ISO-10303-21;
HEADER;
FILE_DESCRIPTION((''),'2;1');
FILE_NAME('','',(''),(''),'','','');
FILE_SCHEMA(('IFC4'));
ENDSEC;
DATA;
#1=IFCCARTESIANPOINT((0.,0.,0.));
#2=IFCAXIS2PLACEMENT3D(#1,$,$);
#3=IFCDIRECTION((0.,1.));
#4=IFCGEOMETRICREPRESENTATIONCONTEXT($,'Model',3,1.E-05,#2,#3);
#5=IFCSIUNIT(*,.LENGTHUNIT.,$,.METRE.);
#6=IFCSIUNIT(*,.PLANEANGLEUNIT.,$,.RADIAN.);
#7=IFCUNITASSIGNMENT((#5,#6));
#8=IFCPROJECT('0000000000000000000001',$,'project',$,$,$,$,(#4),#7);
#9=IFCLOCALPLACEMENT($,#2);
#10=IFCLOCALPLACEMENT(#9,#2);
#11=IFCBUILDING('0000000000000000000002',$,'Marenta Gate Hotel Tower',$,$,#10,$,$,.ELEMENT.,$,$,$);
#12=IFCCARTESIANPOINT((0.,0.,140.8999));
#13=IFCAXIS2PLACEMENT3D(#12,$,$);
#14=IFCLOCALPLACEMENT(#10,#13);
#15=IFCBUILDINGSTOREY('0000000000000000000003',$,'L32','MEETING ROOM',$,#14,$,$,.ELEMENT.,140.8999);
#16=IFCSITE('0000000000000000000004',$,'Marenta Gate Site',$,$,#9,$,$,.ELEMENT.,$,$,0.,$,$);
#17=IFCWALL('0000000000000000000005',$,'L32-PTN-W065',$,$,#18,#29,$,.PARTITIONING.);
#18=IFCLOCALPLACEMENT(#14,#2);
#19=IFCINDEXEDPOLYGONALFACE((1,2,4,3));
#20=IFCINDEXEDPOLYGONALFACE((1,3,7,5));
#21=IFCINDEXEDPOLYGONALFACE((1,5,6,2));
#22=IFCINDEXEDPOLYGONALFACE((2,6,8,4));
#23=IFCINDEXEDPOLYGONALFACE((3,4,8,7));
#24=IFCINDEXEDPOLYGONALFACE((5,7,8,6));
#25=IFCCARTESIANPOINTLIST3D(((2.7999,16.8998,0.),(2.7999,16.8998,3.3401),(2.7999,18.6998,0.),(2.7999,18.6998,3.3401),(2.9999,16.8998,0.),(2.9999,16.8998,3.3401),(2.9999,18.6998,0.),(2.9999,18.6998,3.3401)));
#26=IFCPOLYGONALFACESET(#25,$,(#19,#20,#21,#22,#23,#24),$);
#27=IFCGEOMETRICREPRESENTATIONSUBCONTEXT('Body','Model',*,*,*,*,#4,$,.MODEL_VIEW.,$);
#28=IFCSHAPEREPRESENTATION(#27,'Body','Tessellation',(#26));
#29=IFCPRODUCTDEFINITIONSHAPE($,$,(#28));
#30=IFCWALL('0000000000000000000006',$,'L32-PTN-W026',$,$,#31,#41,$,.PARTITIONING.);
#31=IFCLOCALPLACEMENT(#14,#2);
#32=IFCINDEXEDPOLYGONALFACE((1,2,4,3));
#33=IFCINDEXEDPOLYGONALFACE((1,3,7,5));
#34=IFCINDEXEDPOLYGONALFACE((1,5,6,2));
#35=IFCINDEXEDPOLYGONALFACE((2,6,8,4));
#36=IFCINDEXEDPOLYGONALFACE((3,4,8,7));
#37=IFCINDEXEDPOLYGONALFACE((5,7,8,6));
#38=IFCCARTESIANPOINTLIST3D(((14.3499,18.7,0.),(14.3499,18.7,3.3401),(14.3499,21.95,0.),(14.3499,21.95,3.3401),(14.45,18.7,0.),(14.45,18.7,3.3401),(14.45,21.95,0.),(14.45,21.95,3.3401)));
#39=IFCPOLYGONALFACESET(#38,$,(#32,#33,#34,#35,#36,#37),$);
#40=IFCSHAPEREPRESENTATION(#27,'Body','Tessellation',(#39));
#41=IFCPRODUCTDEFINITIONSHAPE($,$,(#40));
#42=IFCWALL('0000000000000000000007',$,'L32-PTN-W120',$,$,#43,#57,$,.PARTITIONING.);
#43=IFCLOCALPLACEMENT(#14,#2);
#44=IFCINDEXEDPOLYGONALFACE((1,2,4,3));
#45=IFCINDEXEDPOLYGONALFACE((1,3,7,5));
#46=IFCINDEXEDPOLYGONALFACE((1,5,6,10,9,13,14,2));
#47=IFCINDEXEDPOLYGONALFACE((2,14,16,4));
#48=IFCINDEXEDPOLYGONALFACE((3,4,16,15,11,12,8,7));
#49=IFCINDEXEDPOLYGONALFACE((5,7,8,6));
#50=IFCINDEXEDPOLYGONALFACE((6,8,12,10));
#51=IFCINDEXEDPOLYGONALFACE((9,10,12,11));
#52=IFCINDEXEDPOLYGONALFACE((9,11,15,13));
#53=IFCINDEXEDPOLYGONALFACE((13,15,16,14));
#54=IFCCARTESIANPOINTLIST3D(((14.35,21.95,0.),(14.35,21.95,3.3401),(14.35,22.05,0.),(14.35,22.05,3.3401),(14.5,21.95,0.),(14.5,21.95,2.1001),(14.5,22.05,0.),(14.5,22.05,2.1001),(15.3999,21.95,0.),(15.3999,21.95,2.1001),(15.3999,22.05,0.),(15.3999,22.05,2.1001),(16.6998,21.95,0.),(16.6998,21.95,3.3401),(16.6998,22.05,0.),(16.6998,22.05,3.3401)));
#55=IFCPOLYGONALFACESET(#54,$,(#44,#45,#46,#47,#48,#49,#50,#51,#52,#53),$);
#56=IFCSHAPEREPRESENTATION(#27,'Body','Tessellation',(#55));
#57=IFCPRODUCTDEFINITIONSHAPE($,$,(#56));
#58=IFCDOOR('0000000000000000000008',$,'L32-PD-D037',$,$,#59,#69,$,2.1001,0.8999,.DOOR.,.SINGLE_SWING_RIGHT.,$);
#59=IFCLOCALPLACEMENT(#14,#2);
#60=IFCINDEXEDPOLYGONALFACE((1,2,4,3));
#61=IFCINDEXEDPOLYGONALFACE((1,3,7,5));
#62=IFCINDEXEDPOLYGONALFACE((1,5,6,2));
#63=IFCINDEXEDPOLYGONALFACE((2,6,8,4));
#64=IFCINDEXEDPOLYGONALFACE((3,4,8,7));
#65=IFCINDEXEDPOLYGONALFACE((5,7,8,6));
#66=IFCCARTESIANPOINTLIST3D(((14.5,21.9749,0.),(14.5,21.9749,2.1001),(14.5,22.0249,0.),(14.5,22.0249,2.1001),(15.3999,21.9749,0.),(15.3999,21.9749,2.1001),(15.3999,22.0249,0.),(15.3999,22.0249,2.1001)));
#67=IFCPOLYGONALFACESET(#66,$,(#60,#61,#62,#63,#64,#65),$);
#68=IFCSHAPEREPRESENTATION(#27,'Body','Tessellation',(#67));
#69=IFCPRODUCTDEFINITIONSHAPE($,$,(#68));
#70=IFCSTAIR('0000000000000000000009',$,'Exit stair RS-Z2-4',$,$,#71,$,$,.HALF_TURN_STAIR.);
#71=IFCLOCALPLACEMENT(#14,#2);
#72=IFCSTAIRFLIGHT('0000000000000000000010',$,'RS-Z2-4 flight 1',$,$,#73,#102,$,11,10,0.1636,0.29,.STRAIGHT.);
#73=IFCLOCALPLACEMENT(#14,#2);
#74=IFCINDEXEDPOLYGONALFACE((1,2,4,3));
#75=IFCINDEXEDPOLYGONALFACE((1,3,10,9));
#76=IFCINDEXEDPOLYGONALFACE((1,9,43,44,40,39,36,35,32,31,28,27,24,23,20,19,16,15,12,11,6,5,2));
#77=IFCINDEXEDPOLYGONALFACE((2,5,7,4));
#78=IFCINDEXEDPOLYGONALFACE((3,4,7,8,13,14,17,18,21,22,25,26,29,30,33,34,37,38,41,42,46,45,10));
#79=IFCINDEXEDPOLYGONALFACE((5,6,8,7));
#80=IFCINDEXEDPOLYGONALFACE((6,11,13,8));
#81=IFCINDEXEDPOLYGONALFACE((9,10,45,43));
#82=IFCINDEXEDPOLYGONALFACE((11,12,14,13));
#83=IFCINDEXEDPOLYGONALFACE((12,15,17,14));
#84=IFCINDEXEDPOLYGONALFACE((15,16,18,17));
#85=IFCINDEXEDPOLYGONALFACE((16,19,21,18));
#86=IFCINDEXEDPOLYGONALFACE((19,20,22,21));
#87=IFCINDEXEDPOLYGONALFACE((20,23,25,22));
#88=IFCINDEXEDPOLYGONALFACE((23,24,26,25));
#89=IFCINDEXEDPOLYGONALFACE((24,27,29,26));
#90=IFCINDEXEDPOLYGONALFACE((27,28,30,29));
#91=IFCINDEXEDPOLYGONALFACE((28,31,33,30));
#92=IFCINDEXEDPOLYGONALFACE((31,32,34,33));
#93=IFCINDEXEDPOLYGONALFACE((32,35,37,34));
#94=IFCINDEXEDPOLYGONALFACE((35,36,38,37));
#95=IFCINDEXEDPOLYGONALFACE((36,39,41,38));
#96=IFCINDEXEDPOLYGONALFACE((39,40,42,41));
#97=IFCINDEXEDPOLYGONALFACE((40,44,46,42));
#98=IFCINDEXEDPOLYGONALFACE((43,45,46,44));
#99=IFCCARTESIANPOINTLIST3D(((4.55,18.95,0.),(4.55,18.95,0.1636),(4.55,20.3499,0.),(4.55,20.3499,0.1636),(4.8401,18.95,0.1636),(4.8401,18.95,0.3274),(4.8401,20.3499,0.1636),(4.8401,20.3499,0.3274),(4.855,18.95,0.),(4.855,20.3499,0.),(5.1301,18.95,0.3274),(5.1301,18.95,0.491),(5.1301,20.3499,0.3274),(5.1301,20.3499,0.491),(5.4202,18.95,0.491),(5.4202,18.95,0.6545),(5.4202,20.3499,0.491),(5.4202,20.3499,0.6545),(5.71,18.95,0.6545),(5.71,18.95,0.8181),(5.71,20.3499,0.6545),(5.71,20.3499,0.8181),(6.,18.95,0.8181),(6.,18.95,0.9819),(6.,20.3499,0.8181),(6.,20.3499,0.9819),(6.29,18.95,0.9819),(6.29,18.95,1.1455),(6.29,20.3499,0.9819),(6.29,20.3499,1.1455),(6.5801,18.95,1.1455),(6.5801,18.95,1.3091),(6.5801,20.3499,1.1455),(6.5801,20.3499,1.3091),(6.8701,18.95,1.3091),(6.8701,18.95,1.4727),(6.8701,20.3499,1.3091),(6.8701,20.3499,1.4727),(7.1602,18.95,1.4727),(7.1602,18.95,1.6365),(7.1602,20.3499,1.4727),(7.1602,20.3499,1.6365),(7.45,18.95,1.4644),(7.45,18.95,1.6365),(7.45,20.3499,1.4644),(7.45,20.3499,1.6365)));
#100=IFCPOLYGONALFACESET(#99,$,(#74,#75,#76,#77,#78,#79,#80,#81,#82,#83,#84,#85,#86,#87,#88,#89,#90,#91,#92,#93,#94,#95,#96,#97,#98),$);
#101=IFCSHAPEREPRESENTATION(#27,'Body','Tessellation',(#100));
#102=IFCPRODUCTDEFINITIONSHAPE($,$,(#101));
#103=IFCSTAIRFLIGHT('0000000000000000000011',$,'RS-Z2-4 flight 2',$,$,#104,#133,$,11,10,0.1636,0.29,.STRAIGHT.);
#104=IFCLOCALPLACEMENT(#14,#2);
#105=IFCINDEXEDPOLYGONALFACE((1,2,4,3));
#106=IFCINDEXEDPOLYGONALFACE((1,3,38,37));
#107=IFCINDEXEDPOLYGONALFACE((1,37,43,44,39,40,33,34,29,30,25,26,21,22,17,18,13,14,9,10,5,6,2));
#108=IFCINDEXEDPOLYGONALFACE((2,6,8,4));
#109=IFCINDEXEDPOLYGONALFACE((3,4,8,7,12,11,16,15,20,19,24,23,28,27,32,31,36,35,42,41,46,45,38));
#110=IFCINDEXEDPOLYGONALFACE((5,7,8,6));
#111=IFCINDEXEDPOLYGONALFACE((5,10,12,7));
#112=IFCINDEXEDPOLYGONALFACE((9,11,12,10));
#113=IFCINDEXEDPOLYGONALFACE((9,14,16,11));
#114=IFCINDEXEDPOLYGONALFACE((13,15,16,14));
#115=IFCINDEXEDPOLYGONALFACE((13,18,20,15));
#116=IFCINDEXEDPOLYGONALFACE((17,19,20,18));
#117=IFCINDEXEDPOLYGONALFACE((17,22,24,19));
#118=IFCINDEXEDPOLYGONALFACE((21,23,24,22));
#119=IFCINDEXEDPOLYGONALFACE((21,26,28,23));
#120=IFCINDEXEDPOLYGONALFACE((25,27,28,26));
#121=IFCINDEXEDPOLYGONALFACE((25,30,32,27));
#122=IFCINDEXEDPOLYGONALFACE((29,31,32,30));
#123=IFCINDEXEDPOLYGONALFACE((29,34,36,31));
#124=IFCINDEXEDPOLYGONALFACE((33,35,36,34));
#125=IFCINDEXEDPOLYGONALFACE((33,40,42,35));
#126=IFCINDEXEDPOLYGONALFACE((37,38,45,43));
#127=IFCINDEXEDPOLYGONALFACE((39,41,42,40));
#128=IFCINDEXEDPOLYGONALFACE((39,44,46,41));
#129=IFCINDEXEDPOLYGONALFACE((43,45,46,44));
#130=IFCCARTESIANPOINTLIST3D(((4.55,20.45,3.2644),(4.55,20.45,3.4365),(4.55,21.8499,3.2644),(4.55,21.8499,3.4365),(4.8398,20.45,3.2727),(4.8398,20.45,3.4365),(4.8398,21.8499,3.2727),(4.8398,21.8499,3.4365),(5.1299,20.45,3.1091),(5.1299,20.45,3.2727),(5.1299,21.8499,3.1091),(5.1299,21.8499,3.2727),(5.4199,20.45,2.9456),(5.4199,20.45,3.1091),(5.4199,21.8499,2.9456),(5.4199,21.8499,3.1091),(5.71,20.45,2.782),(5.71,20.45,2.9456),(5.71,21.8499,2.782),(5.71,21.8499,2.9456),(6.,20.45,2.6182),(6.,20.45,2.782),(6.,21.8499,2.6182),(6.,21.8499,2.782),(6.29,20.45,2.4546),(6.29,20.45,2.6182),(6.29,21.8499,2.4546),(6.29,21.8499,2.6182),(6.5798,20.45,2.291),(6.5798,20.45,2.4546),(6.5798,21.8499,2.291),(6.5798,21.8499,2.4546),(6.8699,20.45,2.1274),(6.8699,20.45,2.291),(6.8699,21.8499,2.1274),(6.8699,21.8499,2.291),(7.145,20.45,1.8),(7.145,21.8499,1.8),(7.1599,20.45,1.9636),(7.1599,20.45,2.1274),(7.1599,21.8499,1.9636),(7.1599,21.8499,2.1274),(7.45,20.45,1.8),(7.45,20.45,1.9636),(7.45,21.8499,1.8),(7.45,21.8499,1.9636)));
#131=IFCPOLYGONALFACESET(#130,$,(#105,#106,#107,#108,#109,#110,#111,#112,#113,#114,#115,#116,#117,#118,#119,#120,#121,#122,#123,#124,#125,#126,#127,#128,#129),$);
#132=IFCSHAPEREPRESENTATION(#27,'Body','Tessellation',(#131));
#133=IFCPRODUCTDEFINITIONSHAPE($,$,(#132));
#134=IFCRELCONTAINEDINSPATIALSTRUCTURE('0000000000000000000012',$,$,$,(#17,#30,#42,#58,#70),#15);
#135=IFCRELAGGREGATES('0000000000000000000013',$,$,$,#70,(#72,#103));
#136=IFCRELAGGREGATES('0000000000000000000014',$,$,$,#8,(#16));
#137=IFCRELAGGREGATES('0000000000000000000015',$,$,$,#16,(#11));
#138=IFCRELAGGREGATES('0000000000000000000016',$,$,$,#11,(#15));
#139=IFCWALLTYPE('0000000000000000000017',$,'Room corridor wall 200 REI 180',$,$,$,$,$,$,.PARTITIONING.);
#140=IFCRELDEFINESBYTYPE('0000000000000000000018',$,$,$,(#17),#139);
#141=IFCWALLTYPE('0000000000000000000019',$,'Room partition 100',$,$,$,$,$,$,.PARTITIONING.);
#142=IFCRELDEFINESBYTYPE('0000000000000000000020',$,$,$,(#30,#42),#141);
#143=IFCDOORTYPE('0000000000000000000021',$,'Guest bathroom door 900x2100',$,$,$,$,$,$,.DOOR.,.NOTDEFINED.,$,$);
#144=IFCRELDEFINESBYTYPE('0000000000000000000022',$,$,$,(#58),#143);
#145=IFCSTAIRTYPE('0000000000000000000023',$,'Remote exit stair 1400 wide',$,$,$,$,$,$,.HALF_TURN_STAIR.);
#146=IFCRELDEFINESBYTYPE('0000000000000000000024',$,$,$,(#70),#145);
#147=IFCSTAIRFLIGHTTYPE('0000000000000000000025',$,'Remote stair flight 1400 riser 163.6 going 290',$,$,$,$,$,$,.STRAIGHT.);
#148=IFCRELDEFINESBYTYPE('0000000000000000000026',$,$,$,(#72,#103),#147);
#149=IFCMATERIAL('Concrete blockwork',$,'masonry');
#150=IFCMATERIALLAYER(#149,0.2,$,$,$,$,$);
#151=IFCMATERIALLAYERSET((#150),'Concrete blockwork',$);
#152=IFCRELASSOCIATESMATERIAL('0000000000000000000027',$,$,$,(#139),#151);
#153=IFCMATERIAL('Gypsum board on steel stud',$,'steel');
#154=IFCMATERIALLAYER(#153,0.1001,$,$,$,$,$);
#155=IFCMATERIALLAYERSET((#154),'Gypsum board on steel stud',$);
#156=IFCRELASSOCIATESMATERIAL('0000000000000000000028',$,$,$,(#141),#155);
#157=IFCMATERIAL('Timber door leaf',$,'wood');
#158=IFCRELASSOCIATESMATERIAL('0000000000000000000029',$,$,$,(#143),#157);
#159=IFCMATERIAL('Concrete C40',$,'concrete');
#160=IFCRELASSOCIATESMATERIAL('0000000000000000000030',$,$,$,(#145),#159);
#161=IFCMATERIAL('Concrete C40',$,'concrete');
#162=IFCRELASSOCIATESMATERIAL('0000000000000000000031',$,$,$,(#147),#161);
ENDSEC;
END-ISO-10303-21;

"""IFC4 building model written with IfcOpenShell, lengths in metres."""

from ifc_helpers import new_model, si_unit, direction, frame, frame_2d, origin, place, context, subcontext, project, spatial, polyline, rectangle, outline, extrude, material, layer, layer_set, type_object, element, fill, aggregate, save


model = new_model("IFC4")

# Units and contexts
model_context = context("Model", 3, precision=1e-05, world=origin(), true_north=direction((0.0, 1.0)))
body_context = subcontext(model_context, "Body", "Model", "MODEL_VIEW")
ifc_project = project(units=[si_unit("LENGTHUNIT", "METRE"), si_unit("PLANEANGLEUNIT", "RADIAN")], contexts=[model_context])

# Site, building, storey
site_placement = place(None, origin())
site = spatial("IfcSite", under=ifc_project, at=site_placement, Name="Marenta Gate Site", CompositionType="ELEMENT", RefElevation=0.0)
building_placement = place(site_placement, origin())
building = spatial("IfcBuilding", under=site, at=building_placement, Name="Marenta Gate Hotel Tower", CompositionType="ELEMENT")
storey_placement = place(building_placement, frame((0.0, 0.0, 140.8999)))
storey = spatial("IfcBuildingStorey", under=building, at=storey_placement, Name="L32", Description="MEETING ROOM", CompositionType="ELEMENT", Elevation=140.8999)

# Shared definitions
ifc_material_1 = material(Name="Concrete blockwork", Category="masonry")
ifc_layer_1 = layer(ifc_material_1, 0.2)
ifc_layer_set_1 = layer_set([ifc_layer_1], Name="Concrete blockwork")
wall_type_1 = type_object("IfcWallType", Name="Room corridor wall 200 REI 180", PredefinedType="PARTITIONING", material=ifc_layer_set_1)

# Walls
wall_1_placement = place(storey_placement, frame((2.8999, 16.8999, 0.0), z_axis=(0.0, 0.0, 1.0), x_axis=(0.0, 1.0, 0.0)))
element("IfcWall", 1, at=wall_1_placement, inside=storey, type_object=wall_type_1, Name="L32-PTN-W065", PredefinedType="PARTITIONING", context=body_context, shape_type="SweptSolid", body=[
    extrude(rectangle(XDim=1.8, YDim=0.2, at=frame_2d((0.8999, 0.0))), origin(), (0.0, 0.0, 1.0), 3.3401),
])
ifc_material_2 = material(Name="Gypsum board on steel stud", Category="steel")
ifc_layer_2 = layer(ifc_material_2, 0.1001)
ifc_layer_set_2 = layer_set([ifc_layer_2], Name="Gypsum board on steel stud")
wall_type_2 = type_object("IfcWallType", Name="Room partition 100", PredefinedType="PARTITIONING", material=ifc_layer_set_2)
wall_2_placement = place(storey_placement, frame((14.3999, 18.7, 0.0), z_axis=(0.0, 0.0, 1.0), x_axis=(0.0, 1.0, 0.0)))
element("IfcWall", 2, at=wall_2_placement, inside=storey, type_object=wall_type_2, Name="L32-PTN-W026", PredefinedType="PARTITIONING", context=body_context, shape_type="SweptSolid", body=[
    extrude(rectangle(XDim=3.25, YDim=0.1001, at=frame_2d((1.625, 0.0))), origin(), (0.0, 0.0, 1.0), 3.3401),
])

# Wall, opening, door
wall_3_placement = place(storey_placement, frame((14.3501, 22.0, 0.0), z_axis=(0.0, 0.0, 1.0), x_axis=(1.0, 0.0, 0.0)))
wall_3 = element("IfcWall", 3, at=wall_3_placement, inside=storey, type_object=wall_type_2, Name="L32-PTN-W120", PredefinedType="PARTITIONING", context=body_context, shape_type="SweptSolid", body=[
    extrude(rectangle(XDim=2.3499, YDim=0.1001, at=frame_2d((1.1748, 0.0))), origin(), (0.0, 0.0, 1.0), 3.3401),
])
opening_1_placement = place(wall_3_placement, frame((0.1499, 0.0, 0.0)))
opening_1 = element("IfcOpeningElement", 4, at=opening_1_placement, cuts=wall_3, PredefinedType="OPENING", context=body_context, shape_type="SweptSolid", body=[
    extrude(rectangle(XDim=0.8999, YDim=2.1001, at=frame_2d((0.45, 1.05))), frame((0.0, 0.05, 0.0), z_axis=(0.0, -1.0, 0.0), x_axis=(1.0, 0.0, 0.0)), (0.0, 0.0, 1.0), 0.1001),
])
ifc_material_3 = material(Name="Timber door leaf", Category="wood")
door_type_1 = type_object("IfcDoorType", Name="Guest bathroom door 900x2100", OperationType="NOTDEFINED", PredefinedType="DOOR", material=ifc_material_3)
door_1_placement = place(opening_1_placement, origin())
door_1 = element("IfcDoor", 5, at=door_1_placement, inside=storey, type_object=door_type_1, Name="L32-PD-D037", OperationType="SINGLE_SWING_RIGHT", OverallHeight=2.1001, OverallWidth=0.8999, PredefinedType="DOOR", context=body_context, shape_type="SweptSolid", body=[
    extrude(rectangle(XDim=0.8999, YDim=2.1001, at=frame_2d((0.45, 1.05))), frame((0.0, 0.0249, 0.0), z_axis=(0.0, -1.0, 0.0), x_axis=(1.0, 0.0, 0.0)), (0.0, 0.0, 1.0), 0.05),
])
fill(opening_1, door_1)

# Stair, stair flights
ifc_material_4 = material(Name="Concrete C40", Category="concrete")
stair_type = type_object("IfcStairType", Name="Remote exit stair 1400 wide", PredefinedType="HALF_TURN_STAIR", material=ifc_material_4)
stair_placement = place(storey_placement, origin())
stair = element("IfcStair", 6, at=stair_placement, inside=storey, type_object=stair_type, Name="Exit stair RS-Z2-4", PredefinedType="HALF_TURN_STAIR")
ifc_material_5 = material(Name="Concrete C40", Category="concrete")
stair_flight_type = type_object("IfcStairFlightType", Name="Remote stair flight 1400 riser 163.6 going 290", PredefinedType="STRAIGHT", material=ifc_material_5)
stair_flight_1_placement = place(storey_placement, frame((4.55, 19.6499, 0.0), z_axis=(0.0, 0.0, 1.0), x_axis=(1.0, 0.0, 0.0)))
stair_flight_1 = element("IfcStairFlight", 7, at=stair_flight_1_placement, type_object=stair_flight_type, Name="RS-Z2-4 flight 1", NumberOfRisers=11, NumberOfTreads=10, PredefinedType="STRAIGHT", RiserHeight=0.1636, TreadLength=0.29, context=body_context, shape_type="SweptSolid", body=[
    extrude(outline(polyline([(0.0, 0.0), (0.0, 0.1636), (0.29, 0.1636), (0.29, 0.3274), (0.5801, 0.3274), (0.5801, 0.491), (0.8701, 0.491), (0.8701, 0.6545), (1.1599, 0.6545), (1.1599, 0.8181), (1.45, 0.8181), (1.45, 0.9819), (1.74, 0.9819), (1.74, 1.1455), (2.03, 1.1455), (2.03, 1.3091), (2.3201, 1.3091), (2.3201, 1.4727), (2.6101, 1.4727), (2.6101, 1.6365), (2.8999, 1.6365), (2.8999, 1.8), (2.8999, 1.4644), (0.3049, 0.0), (0.0, 0.0)])), frame((0.0, 0.7, 0.0), z_axis=(0.0, -1.0, 0.0), x_axis=(1.0, 0.0, 0.0)), (0.0, 0.0, 1.0), 1.3999),
])
stair_flight_2_placement = place(storey_placement, frame((7.45, 21.1499, 1.8), z_axis=(0.0, 0.0, 1.0), x_axis=(-1.0, 0.0, 0.0)))
stair_flight_2 = element("IfcStairFlight", 8, at=stair_flight_2_placement, type_object=stair_flight_type, Name="RS-Z2-4 flight 2", NumberOfRisers=11, NumberOfTreads=10, PredefinedType="STRAIGHT", RiserHeight=0.1636, TreadLength=0.29, context=body_context, shape_type="SweptSolid", body=[
    extrude(outline(polyline([(0.0, 0.0), (0.0, 0.1636), (0.29, 0.1636), (0.29, 0.3274), (0.5801, 0.3274), (0.5801, 0.491), (0.8701, 0.491), (0.8701, 0.6545), (1.1599, 0.6545), (1.1599, 0.8181), (1.45, 0.8181), (1.45, 0.9819), (1.74, 0.9819), (1.74, 1.1455), (2.03, 1.1455), (2.03, 1.3091), (2.3201, 1.3091), (2.3201, 1.4727), (2.6101, 1.4727), (2.6101, 1.6365), (2.8999, 1.6365), (2.8999, 1.8), (2.8999, 1.4644), (0.3049, 0.0), (0.0, 0.0)])), frame((0.0, 0.7, 0.0), z_axis=(0.0, -1.0, 0.0), x_axis=(1.0, 0.0, 0.0)), (0.0, 0.0, 1.0), 1.3999),
])
aggregate(stair, [stair_flight_1, stair_flight_2])

save(model, "model.ifc")
